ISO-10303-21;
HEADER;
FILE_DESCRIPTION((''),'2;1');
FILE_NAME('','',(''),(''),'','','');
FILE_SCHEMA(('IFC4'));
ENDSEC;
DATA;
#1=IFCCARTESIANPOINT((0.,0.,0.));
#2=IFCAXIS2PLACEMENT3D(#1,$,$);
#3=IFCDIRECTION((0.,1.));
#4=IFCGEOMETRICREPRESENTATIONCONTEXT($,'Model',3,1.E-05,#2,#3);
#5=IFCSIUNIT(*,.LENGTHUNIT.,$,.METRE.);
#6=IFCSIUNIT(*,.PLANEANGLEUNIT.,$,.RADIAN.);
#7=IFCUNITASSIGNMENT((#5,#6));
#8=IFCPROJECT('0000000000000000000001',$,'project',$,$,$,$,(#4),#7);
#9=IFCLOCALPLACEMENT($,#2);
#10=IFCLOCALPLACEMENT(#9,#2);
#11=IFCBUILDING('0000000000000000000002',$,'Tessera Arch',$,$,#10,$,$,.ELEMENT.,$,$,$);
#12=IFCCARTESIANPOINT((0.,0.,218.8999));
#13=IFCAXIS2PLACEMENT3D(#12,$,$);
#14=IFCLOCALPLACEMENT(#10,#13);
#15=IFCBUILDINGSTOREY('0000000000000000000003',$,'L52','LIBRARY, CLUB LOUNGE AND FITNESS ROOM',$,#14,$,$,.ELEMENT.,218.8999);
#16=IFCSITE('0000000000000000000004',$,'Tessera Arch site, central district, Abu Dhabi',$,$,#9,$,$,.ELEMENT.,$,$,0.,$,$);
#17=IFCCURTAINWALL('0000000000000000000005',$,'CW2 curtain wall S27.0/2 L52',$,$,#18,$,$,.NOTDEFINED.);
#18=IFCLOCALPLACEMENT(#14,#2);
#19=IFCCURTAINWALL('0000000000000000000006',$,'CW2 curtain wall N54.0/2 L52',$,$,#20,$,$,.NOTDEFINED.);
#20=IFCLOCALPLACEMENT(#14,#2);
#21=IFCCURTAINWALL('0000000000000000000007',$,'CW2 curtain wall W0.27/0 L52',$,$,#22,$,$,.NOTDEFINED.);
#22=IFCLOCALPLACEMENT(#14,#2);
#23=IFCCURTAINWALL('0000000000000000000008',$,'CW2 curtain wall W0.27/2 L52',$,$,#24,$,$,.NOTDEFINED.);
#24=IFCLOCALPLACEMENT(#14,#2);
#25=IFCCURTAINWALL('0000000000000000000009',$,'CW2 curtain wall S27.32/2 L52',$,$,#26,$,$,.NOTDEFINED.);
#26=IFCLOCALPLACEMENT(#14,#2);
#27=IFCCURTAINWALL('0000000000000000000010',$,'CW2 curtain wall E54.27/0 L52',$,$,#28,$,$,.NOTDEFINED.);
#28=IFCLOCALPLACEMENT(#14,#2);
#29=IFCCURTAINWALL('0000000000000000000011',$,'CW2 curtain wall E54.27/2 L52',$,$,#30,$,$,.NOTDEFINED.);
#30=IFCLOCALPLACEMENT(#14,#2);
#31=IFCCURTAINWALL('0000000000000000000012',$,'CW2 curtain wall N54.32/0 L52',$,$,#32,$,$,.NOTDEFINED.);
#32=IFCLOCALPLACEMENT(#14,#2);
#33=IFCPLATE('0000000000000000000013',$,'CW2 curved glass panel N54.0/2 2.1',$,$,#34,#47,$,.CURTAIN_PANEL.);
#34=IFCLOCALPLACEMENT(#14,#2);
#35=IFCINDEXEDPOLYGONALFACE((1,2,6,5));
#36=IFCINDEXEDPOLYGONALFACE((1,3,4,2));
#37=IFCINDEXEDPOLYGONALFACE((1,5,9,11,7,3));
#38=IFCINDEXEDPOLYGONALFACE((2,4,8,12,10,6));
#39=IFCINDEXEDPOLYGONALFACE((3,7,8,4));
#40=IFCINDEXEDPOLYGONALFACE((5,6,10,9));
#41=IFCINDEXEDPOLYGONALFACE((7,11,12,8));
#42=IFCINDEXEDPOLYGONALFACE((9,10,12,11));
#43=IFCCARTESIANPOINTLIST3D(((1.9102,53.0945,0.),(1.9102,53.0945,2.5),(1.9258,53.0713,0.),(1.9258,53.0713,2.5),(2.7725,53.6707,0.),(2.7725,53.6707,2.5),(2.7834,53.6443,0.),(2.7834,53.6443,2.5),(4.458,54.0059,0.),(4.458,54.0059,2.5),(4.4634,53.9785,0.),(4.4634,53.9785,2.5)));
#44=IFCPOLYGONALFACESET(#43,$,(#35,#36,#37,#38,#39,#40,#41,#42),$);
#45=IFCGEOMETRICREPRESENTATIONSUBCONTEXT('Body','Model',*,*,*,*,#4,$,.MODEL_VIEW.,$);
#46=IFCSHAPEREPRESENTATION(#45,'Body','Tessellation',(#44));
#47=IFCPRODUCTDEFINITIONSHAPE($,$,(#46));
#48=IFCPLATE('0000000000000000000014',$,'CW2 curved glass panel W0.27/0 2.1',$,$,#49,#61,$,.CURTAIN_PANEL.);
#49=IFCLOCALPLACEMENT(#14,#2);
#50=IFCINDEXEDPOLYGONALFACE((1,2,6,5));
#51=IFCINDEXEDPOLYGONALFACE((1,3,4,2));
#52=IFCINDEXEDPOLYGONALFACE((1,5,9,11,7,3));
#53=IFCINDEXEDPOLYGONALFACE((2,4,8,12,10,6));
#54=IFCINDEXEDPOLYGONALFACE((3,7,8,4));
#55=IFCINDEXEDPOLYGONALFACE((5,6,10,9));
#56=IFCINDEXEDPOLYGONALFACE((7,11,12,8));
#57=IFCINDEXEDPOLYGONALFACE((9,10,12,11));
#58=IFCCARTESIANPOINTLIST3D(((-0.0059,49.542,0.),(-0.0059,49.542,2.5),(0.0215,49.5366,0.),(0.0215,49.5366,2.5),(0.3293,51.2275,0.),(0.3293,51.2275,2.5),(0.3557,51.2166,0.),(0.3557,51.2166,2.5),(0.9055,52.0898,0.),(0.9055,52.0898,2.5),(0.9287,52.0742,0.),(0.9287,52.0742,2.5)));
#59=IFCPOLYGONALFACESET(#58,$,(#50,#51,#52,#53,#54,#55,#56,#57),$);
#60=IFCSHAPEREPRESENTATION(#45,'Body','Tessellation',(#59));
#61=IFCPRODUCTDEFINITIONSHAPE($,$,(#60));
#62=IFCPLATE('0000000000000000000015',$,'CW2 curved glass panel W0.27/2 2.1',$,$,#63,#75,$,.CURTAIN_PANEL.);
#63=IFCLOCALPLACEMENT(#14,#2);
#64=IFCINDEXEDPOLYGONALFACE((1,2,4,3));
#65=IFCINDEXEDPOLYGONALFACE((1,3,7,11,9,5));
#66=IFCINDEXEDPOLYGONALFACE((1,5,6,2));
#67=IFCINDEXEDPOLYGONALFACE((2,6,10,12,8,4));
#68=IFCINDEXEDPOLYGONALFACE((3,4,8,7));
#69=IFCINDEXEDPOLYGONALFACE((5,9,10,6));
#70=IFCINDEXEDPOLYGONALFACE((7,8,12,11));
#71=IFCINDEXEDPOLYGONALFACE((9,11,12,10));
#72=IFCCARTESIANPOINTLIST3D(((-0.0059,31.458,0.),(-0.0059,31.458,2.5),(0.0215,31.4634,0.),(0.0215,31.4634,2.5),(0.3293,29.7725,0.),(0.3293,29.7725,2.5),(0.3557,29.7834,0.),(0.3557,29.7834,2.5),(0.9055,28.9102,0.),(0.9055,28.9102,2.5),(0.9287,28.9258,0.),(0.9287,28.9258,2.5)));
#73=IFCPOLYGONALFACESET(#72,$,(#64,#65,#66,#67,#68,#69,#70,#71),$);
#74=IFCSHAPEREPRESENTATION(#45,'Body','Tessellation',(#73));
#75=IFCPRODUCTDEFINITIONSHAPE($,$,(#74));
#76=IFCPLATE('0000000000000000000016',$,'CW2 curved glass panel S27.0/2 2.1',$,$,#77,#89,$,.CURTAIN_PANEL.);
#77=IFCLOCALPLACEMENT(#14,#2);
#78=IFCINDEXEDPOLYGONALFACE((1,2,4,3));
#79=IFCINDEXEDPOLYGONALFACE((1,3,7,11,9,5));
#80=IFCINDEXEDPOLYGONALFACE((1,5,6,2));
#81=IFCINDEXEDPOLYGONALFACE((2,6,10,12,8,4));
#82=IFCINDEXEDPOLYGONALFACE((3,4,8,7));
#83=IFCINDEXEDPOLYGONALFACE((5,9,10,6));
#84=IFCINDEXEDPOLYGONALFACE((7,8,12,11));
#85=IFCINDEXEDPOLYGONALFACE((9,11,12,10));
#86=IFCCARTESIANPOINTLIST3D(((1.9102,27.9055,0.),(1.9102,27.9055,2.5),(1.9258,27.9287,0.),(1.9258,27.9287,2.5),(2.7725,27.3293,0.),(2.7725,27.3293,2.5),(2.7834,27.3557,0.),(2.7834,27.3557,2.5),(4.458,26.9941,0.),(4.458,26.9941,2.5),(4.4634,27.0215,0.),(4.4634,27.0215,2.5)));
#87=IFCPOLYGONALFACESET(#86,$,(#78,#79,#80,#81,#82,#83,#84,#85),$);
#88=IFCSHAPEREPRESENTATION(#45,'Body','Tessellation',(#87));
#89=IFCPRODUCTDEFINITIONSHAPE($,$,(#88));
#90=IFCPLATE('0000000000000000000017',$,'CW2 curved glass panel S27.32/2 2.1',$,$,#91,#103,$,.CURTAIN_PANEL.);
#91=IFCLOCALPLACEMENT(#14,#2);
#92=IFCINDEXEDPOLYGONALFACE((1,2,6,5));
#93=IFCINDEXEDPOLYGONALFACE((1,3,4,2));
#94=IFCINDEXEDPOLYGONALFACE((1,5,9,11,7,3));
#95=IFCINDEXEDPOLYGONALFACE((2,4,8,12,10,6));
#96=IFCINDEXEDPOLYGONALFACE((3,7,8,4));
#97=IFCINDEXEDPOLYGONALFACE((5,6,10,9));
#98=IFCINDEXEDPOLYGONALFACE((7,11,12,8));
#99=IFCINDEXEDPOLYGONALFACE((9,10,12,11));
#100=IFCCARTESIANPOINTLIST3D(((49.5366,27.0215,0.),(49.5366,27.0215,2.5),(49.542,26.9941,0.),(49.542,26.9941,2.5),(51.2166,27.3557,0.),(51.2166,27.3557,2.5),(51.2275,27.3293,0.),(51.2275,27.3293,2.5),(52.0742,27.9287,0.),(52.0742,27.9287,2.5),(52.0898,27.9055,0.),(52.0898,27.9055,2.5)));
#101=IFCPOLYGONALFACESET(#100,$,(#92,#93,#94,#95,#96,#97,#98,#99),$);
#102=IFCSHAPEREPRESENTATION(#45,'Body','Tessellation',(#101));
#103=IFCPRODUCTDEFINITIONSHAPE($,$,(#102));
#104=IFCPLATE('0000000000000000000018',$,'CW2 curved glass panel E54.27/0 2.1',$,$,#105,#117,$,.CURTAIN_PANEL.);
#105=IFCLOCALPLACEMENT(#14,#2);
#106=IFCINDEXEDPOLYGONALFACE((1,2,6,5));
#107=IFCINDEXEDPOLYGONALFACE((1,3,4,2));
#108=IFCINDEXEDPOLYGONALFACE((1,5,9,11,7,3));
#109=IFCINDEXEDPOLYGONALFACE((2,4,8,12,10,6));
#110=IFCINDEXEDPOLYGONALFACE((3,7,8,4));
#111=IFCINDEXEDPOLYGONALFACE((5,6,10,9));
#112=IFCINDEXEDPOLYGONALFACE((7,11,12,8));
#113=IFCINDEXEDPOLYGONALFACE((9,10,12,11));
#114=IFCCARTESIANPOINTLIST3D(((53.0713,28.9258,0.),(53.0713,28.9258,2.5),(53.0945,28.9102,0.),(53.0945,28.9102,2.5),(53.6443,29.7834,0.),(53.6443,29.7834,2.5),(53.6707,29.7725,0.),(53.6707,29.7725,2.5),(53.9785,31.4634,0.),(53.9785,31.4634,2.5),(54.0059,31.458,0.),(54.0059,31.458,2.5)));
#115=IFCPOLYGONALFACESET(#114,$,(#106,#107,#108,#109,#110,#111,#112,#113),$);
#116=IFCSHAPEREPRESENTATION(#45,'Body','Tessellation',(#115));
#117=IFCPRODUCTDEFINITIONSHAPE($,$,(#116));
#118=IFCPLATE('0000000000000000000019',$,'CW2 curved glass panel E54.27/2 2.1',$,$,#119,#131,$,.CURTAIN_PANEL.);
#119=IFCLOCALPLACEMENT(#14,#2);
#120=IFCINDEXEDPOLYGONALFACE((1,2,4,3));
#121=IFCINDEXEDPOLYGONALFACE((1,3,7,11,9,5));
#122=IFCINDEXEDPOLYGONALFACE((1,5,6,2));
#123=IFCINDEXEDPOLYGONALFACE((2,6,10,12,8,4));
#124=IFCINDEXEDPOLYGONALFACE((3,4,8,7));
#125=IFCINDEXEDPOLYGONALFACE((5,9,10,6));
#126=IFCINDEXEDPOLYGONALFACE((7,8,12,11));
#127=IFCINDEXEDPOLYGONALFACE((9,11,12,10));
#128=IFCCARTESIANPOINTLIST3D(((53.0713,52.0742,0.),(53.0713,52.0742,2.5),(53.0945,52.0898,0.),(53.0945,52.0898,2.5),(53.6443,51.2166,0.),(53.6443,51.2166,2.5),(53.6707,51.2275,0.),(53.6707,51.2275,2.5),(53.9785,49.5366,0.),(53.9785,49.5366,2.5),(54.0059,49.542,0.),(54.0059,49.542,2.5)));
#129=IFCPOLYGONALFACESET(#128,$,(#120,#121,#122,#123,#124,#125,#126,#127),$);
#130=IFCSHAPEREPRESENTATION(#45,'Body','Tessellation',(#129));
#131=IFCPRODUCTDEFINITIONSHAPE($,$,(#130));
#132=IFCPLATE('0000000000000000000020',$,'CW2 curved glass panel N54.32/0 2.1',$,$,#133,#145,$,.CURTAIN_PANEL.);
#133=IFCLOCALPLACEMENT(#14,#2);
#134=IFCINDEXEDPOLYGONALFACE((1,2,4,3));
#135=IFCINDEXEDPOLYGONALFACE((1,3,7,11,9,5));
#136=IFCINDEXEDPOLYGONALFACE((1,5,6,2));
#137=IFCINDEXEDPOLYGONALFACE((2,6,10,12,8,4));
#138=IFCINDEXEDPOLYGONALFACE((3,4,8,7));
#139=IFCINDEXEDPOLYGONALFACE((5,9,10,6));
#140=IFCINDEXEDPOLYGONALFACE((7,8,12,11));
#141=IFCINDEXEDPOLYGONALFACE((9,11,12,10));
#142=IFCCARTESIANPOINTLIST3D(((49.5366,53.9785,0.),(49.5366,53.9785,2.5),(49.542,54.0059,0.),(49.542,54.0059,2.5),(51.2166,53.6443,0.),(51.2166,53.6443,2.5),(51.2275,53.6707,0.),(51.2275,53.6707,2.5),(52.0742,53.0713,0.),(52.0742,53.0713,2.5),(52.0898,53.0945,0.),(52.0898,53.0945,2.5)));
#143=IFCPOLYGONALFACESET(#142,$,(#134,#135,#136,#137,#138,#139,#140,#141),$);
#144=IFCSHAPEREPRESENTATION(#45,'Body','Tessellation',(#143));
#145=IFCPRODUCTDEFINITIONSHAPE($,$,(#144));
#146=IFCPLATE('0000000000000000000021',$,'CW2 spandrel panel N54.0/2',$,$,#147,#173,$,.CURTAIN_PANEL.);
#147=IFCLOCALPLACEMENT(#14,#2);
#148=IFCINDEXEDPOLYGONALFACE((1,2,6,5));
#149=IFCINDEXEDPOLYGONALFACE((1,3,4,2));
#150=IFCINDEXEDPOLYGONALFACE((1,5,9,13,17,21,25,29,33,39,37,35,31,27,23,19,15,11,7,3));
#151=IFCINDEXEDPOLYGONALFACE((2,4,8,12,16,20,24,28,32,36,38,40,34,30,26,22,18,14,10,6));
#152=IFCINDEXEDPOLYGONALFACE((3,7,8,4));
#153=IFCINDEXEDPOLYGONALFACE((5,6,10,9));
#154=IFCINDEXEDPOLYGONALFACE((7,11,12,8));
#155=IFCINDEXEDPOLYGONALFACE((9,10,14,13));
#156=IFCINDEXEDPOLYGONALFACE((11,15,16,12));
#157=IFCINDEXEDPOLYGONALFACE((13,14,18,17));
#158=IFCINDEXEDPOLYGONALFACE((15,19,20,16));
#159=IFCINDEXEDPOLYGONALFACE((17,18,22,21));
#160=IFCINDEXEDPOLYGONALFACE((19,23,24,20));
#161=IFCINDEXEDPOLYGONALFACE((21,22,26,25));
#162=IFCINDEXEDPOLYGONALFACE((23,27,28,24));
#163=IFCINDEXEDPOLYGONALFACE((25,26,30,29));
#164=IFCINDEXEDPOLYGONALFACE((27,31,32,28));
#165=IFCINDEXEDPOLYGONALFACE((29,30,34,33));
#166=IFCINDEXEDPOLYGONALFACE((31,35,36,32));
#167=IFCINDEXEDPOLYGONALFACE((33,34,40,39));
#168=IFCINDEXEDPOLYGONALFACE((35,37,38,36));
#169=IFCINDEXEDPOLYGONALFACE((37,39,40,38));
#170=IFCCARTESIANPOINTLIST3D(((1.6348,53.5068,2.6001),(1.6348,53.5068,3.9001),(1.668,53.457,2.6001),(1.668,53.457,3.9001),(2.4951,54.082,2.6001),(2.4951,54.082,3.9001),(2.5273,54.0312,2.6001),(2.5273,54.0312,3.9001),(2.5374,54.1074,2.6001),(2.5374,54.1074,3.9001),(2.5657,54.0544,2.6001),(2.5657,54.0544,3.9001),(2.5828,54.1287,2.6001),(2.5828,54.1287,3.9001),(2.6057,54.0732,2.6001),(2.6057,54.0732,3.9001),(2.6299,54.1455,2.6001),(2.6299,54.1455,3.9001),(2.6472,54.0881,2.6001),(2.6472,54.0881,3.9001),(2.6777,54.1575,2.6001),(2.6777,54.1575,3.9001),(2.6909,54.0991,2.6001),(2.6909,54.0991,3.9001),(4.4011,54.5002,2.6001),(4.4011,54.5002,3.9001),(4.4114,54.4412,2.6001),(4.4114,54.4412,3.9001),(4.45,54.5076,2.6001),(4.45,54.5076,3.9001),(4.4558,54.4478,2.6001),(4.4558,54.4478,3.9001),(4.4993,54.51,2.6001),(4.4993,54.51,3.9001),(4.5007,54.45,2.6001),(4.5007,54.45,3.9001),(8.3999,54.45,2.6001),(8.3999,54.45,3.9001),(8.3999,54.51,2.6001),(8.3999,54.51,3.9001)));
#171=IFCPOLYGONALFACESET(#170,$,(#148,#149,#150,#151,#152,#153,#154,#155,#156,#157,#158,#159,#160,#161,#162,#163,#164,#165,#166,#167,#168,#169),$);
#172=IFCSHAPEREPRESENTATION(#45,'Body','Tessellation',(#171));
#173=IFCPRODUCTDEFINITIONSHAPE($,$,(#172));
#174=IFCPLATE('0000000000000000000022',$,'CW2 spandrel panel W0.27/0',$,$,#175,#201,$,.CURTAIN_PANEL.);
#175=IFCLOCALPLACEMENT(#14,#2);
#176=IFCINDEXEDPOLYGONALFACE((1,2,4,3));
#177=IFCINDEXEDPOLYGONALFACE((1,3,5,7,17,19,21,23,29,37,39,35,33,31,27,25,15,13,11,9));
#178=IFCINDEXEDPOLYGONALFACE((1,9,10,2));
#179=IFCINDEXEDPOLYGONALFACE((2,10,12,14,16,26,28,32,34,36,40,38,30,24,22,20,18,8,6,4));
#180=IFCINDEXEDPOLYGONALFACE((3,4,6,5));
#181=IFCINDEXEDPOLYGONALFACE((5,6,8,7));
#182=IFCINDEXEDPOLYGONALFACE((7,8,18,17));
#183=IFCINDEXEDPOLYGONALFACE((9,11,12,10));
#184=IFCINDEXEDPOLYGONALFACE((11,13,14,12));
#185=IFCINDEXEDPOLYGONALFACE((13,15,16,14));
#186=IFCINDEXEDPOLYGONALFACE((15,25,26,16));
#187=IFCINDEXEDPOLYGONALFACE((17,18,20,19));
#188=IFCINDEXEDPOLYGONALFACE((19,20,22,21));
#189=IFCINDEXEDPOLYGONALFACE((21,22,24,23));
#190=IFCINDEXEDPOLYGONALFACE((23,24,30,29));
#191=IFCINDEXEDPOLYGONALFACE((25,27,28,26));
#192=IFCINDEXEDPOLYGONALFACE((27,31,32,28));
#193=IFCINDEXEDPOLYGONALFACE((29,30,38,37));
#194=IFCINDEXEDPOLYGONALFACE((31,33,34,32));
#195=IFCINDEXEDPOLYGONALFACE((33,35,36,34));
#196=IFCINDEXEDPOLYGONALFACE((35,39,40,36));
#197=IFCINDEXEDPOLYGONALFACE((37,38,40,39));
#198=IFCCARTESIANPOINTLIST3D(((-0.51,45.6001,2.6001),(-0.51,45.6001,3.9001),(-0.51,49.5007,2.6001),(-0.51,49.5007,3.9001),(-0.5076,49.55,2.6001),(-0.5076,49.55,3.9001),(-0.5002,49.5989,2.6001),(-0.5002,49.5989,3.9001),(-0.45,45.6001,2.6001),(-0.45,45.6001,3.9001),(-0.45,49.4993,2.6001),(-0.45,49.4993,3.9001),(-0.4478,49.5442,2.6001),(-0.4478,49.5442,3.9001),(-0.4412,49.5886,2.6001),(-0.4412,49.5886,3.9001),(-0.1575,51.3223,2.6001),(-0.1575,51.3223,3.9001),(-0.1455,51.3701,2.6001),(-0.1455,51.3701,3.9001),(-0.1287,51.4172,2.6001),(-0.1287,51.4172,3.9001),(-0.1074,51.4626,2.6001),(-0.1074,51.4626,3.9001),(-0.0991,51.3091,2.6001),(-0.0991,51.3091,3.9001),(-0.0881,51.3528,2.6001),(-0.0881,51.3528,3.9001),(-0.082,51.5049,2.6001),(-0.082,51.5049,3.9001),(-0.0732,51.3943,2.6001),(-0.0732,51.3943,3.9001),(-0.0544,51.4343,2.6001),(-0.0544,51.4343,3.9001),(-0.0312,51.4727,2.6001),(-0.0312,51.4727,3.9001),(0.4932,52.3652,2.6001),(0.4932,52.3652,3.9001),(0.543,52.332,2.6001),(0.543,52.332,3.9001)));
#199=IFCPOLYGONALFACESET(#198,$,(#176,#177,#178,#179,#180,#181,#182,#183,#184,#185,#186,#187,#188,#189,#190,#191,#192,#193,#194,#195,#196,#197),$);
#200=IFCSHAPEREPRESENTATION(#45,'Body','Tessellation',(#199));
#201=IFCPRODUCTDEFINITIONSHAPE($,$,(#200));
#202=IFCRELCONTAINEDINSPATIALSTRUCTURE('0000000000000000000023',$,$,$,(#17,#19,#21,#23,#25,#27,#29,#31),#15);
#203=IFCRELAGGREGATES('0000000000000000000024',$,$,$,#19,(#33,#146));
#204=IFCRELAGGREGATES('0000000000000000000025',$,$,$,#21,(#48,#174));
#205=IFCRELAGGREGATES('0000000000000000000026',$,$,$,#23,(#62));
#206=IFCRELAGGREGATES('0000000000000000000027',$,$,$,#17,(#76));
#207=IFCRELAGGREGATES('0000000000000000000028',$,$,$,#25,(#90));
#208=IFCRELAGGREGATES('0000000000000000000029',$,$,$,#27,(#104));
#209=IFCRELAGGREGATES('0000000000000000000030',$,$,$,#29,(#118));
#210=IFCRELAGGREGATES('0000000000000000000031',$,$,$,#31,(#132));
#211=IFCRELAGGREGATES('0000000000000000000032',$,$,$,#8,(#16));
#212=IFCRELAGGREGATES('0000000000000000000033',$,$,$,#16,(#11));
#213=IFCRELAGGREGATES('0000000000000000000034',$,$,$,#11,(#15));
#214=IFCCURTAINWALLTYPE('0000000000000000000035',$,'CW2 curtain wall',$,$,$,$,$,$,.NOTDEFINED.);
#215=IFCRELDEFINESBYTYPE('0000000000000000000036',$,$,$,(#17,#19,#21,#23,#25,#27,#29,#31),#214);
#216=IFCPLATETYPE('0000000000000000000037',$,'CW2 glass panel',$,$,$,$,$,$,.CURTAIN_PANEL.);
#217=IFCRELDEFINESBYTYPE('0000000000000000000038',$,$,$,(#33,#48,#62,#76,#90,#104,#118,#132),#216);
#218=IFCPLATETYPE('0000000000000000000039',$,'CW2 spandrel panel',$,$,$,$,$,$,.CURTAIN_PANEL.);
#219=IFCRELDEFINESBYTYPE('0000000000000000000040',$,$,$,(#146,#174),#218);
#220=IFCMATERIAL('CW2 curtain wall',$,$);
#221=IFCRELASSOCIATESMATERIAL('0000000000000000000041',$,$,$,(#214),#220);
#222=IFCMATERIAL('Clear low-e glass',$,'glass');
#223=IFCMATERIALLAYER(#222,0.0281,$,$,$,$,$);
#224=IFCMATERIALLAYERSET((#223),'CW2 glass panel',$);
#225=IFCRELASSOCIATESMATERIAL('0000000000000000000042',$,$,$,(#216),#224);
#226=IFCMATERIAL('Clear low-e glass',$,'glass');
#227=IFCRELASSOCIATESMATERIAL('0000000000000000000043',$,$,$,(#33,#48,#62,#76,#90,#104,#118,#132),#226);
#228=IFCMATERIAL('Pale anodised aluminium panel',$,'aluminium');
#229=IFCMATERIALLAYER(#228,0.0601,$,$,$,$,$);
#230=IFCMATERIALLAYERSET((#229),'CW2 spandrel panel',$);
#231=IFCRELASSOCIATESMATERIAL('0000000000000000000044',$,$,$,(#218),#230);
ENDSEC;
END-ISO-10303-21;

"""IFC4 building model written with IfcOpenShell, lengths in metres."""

from ifc_helpers import new_model, si_unit, direction, frame, origin, place, context, subcontext, project, spatial, polyline, outline, extrude, material, layer, layer_set, type_object, element, aggregate, save


model = new_model("IFC4")

# Units and contexts
model_context = context("Model", 3, precision=1e-05, world=origin(), true_north=direction((0.0, 1.0)))
body_context = subcontext(model_context, "Body", "Model", "MODEL_VIEW")
ifc_project = project(units=[si_unit("LENGTHUNIT", "METRE"), si_unit("PLANEANGLEUNIT", "RADIAN")], contexts=[model_context])

# Site, building, storey
site_placement = place(None, origin())
site = spatial("IfcSite", under=ifc_project, at=site_placement, Name="Tessera Arch site, central district, Abu Dhabi", CompositionType="ELEMENT", RefElevation=0.0)
building_placement = place(site_placement, origin())
building = spatial("IfcBuilding", under=site, at=building_placement, Name="Tessera Arch", CompositionType="ELEMENT")
storey_placement = place(building_placement, frame((0.0, 0.0, 218.8999)))
storey = spatial("IfcBuildingStorey", under=building, at=storey_placement, Name="L52", Description="LIBRARY, CLUB LOUNGE AND FITNESS ROOM", CompositionType="ELEMENT", Elevation=218.8999)

# Curtain walls
ifc_material_1 = material(Name="CW2 curtain wall")
curtain_wall_type_1 = type_object("IfcCurtainWallType", Name="CW2 curtain wall", PredefinedType="NOTDEFINED", material=ifc_material_1)
curtain_wall_1_placement = place(storey_placement, origin())
curtain_wall_1 = element("IfcCurtainWall", 1, at=curtain_wall_1_placement, inside=storey, type_object=curtain_wall_type_1, Name="CW2 curtain wall S27.0/2 L52", PredefinedType="NOTDEFINED")
curtain_wall_2_placement = place(storey_placement, origin())
curtain_wall_2 = element("IfcCurtainWall", 2, at=curtain_wall_2_placement, inside=storey, type_object=curtain_wall_type_1, Name="CW2 curtain wall N54.0/2 L52", PredefinedType="NOTDEFINED")
curtain_wall_3_placement = place(storey_placement, origin())
curtain_wall_3 = element("IfcCurtainWall", 3, at=curtain_wall_3_placement, inside=storey, type_object=curtain_wall_type_1, Name="CW2 curtain wall W0.27/0 L52", PredefinedType="NOTDEFINED")
curtain_wall_4_placement = place(storey_placement, origin())
curtain_wall_4 = element("IfcCurtainWall", 4, at=curtain_wall_4_placement, inside=storey, type_object=curtain_wall_type_1, Name="CW2 curtain wall W0.27/2 L52", PredefinedType="NOTDEFINED")

# Curtain walls
curtain_wall_5_placement = place(storey_placement, origin())
curtain_wall_5 = element("IfcCurtainWall", 5, at=curtain_wall_5_placement, inside=storey, type_object=curtain_wall_type_1, Name="CW2 curtain wall S27.32/2 L52", PredefinedType="NOTDEFINED")
curtain_wall_6_placement = place(storey_placement, origin())
curtain_wall_6 = element("IfcCurtainWall", 6, at=curtain_wall_6_placement, inside=storey, type_object=curtain_wall_type_1, Name="CW2 curtain wall E54.27/0 L52", PredefinedType="NOTDEFINED")
curtain_wall_7_placement = place(storey_placement, origin())
curtain_wall_7 = element("IfcCurtainWall", 7, at=curtain_wall_7_placement, inside=storey, type_object=curtain_wall_type_1, Name="CW2 curtain wall E54.27/2 L52", PredefinedType="NOTDEFINED")
curtain_wall_8_placement = place(storey_placement, origin())
curtain_wall_8 = element("IfcCurtainWall", 8, at=curtain_wall_8_placement, inside=storey, type_object=curtain_wall_type_1, Name="CW2 curtain wall N54.32/0 L52", PredefinedType="NOTDEFINED")

# Plates
ifc_material_2 = material(Name="Clear low-e glass", Category="glass")
ifc_material_3 = material(Name="Clear low-e glass", Category="glass")
ifc_layer_1 = layer(ifc_material_3, 0.0281)
ifc_layer_set_1 = layer_set([ifc_layer_1], Name="CW2 glass panel")
plate_type_1 = type_object("IfcPlateType", Name="CW2 glass panel", PredefinedType="CURTAIN_PANEL", material=ifc_layer_set_1)
plate_1_placement = place(storey_placement, origin())
plate_1 = element("IfcPlate", 9, at=plate_1_placement, type_object=plate_type_1, material=ifc_material_2, Name="CW2 curved glass panel N54.0/2 2.1", PredefinedType="CURTAIN_PANEL", context=body_context, shape_type="SweptSolid", body=[
    extrude(outline(polyline([(2.7834, 53.6443), (4.4634, 53.9785), (4.458, 54.0059), (2.7725, 53.6707), (1.9102, 53.0945), (1.9258, 53.0713), (2.7834, 53.6443)])), origin(), (0.0, 0.0, 1.0), 2.5),
])
plate_2_placement = place(storey_placement, origin())
plate_2 = element("IfcPlate", 10, at=plate_2_placement, type_object=plate_type_1, material=ifc_material_2, Name="CW2 curved glass panel W0.27/0 2.1", PredefinedType="CURTAIN_PANEL", context=body_context, shape_type="SweptSolid", body=[
    extrude(outline(polyline([(0.3557, 51.2166), (0.9287, 52.0742), (0.9055, 52.0898), (0.3293, 51.2275), (-0.0059, 49.542), (0.0215, 49.5366), (0.3557, 51.2166)])), origin(), (0.0, 0.0, 1.0), 2.5),
])
plate_3_placement = place(storey_placement, origin())
plate_3 = element("IfcPlate", 11, at=plate_3_placement, type_object=plate_type_1, material=ifc_material_2, Name="CW2 curved glass panel W0.27/2 2.1", PredefinedType="CURTAIN_PANEL", context=body_context, shape_type="SweptSolid", body=[
    extrude(outline(polyline([(0.3557, 29.7834), (0.0215, 31.4634), (-0.0059, 31.458), (0.3293, 29.7725), (0.9055, 28.9102), (0.9287, 28.9258), (0.3557, 29.7834)])), origin(), (0.0, 0.0, 1.0), 2.5),
])
plate_4_placement = place(storey_placement, origin())
plate_4 = element("IfcPlate", 12, at=plate_4_placement, type_object=plate_type_1, material=ifc_material_2, Name="CW2 curved glass panel S27.0/2 2.1", PredefinedType="CURTAIN_PANEL", context=body_context, shape_type="SweptSolid", body=[
    extrude(outline(polyline([(2.7834, 27.3557), (1.9258, 27.9287), (1.9102, 27.9055), (2.7725, 27.3293), (4.458, 26.9941), (4.4634, 27.0215), (2.7834, 27.3557)])), origin(), (0.0, 0.0, 1.0), 2.5),
])
plate_5_placement = place(storey_placement, origin())
plate_5 = element("IfcPlate", 13, at=plate_5_placement, type_object=plate_type_1, material=ifc_material_2, Name="CW2 curved glass panel S27.32/2 2.1", PredefinedType="CURTAIN_PANEL", context=body_context, shape_type="SweptSolid", body=[
    extrude(outline(polyline([(51.2166, 27.3557), (49.5366, 27.0215), (49.542, 26.9941), (51.2275, 27.3293), (52.0898, 27.9055), (52.0742, 27.9287), (51.2166, 27.3557)])), origin(), (0.0, 0.0, 1.0), 2.5),
])
plate_6_placement = place(storey_placement, origin())
plate_6 = element("IfcPlate", 14, at=plate_6_placement, type_object=plate_type_1, material=ifc_material_2, Name="CW2 curved glass panel E54.27/0 2.1", PredefinedType="CURTAIN_PANEL", context=body_context, shape_type="SweptSolid", body=[
    extrude(outline(polyline([(53.6443, 29.7834), (53.0713, 28.9258), (53.0945, 28.9102), (53.6707, 29.7725), (54.0059, 31.458), (53.9785, 31.4634), (53.6443, 29.7834)])), origin(), (0.0, 0.0, 1.0), 2.5),
])
plate_7_placement = place(storey_placement, origin())
plate_7 = element("IfcPlate", 15, at=plate_7_placement, type_object=plate_type_1, material=ifc_material_2, Name="CW2 curved glass panel E54.27/2 2.1", PredefinedType="CURTAIN_PANEL", context=body_context, shape_type="SweptSolid", body=[
    extrude(outline(polyline([(53.6443, 51.2166), (53.9785, 49.5366), (54.0059, 49.542), (53.6707, 51.2275), (53.0945, 52.0898), (53.0713, 52.0742), (53.6443, 51.2166)])), origin(), (0.0, 0.0, 1.0), 2.5),
])
plate_8_placement = place(storey_placement, origin())
plate_8 = element("IfcPlate", 16, at=plate_8_placement, type_object=plate_type_1, material=ifc_material_2, Name="CW2 curved glass panel N54.32/0 2.1", PredefinedType="CURTAIN_PANEL", context=body_context, shape_type="SweptSolid", body=[
    extrude(outline(polyline([(51.2166, 53.6443), (52.0742, 53.0713), (52.0898, 53.0945), (51.2275, 53.6707), (49.542, 54.0059), (49.5366, 53.9785), (51.2166, 53.6443)])), origin(), (0.0, 0.0, 1.0), 2.5),
])
ifc_material_4 = material(Name="Pale anodised aluminium panel", Category="aluminium")
ifc_layer_2 = layer(ifc_material_4, 0.0601)
ifc_layer_set_2 = layer_set([ifc_layer_2], Name="CW2 spandrel panel")
plate_type_2 = type_object("IfcPlateType", Name="CW2 spandrel panel", PredefinedType="CURTAIN_PANEL", material=ifc_layer_set_2)
plate_9_placement = place(storey_placement, frame((0.0, 0.0, 2.6001)))
plate_9 = element("IfcPlate", 17, at=plate_9_placement, type_object=plate_type_2, Name="CW2 spandrel panel N54.0/2", PredefinedType="CURTAIN_PANEL", context=body_context, shape_type="SweptSolid", body=[
    extrude(outline(polyline([(4.5007, 54.45), (8.3999, 54.45), (8.3999, 54.51), (4.4993, 54.51), (4.45, 54.5076), (4.4011, 54.5002), (2.6777, 54.1575), (2.6299, 54.1455), (2.5828, 54.1287), (2.5374, 54.1074), (2.4951, 54.082), (1.6348, 53.5068), (1.668, 53.457), (2.5273, 54.0312), (2.5657, 54.0544), (2.6057, 54.0732), (2.6472, 54.0881), (2.6909, 54.0991), (4.4114, 54.4412), (4.4558, 54.4478), (4.5007, 54.45)])), origin(), (0.0, 0.0, 1.0), 1.3),
])
aggregate(curtain_wall_2, [plate_1, plate_9])
plate_10_placement = place(storey_placement, frame((0.0, 0.0, 2.6001)))
plate_10 = element("IfcPlate", 18, at=plate_10_placement, type_object=plate_type_2, Name="CW2 spandrel panel W0.27/0", PredefinedType="CURTAIN_PANEL", context=body_context, shape_type="SweptSolid", body=[
    extrude(outline(polyline([(-0.0312, 51.4727), (0.543, 52.332), (0.4932, 52.3652), (-0.082, 51.5049), (-0.1074, 51.4626), (-0.1287, 51.4172), (-0.1455, 51.3701), (-0.1575, 51.3223), (-0.5002, 49.5989), (-0.5076, 49.55), (-0.51, 49.5007), (-0.51, 45.6001), (-0.45, 45.6001), (-0.45, 49.4993), (-0.4478, 49.5442), (-0.4412, 49.5886), (-0.0991, 51.3091), (-0.0881, 51.3528), (-0.0732, 51.3943), (-0.0544, 51.4343), (-0.0312, 51.4727)])), origin(), (0.0, 0.0, 1.0), 1.3),
])
aggregate(curtain_wall_3, [plate_2, plate_10])
aggregate(curtain_wall_4, [plate_3])
aggregate(curtain_wall_1, [plate_4])
aggregate(curtain_wall_5, [plate_5])
aggregate(curtain_wall_6, [plate_6])
aggregate(curtain_wall_7, [plate_7])
aggregate(curtain_wall_8, [plate_8])

save(model, "model.ifc")
